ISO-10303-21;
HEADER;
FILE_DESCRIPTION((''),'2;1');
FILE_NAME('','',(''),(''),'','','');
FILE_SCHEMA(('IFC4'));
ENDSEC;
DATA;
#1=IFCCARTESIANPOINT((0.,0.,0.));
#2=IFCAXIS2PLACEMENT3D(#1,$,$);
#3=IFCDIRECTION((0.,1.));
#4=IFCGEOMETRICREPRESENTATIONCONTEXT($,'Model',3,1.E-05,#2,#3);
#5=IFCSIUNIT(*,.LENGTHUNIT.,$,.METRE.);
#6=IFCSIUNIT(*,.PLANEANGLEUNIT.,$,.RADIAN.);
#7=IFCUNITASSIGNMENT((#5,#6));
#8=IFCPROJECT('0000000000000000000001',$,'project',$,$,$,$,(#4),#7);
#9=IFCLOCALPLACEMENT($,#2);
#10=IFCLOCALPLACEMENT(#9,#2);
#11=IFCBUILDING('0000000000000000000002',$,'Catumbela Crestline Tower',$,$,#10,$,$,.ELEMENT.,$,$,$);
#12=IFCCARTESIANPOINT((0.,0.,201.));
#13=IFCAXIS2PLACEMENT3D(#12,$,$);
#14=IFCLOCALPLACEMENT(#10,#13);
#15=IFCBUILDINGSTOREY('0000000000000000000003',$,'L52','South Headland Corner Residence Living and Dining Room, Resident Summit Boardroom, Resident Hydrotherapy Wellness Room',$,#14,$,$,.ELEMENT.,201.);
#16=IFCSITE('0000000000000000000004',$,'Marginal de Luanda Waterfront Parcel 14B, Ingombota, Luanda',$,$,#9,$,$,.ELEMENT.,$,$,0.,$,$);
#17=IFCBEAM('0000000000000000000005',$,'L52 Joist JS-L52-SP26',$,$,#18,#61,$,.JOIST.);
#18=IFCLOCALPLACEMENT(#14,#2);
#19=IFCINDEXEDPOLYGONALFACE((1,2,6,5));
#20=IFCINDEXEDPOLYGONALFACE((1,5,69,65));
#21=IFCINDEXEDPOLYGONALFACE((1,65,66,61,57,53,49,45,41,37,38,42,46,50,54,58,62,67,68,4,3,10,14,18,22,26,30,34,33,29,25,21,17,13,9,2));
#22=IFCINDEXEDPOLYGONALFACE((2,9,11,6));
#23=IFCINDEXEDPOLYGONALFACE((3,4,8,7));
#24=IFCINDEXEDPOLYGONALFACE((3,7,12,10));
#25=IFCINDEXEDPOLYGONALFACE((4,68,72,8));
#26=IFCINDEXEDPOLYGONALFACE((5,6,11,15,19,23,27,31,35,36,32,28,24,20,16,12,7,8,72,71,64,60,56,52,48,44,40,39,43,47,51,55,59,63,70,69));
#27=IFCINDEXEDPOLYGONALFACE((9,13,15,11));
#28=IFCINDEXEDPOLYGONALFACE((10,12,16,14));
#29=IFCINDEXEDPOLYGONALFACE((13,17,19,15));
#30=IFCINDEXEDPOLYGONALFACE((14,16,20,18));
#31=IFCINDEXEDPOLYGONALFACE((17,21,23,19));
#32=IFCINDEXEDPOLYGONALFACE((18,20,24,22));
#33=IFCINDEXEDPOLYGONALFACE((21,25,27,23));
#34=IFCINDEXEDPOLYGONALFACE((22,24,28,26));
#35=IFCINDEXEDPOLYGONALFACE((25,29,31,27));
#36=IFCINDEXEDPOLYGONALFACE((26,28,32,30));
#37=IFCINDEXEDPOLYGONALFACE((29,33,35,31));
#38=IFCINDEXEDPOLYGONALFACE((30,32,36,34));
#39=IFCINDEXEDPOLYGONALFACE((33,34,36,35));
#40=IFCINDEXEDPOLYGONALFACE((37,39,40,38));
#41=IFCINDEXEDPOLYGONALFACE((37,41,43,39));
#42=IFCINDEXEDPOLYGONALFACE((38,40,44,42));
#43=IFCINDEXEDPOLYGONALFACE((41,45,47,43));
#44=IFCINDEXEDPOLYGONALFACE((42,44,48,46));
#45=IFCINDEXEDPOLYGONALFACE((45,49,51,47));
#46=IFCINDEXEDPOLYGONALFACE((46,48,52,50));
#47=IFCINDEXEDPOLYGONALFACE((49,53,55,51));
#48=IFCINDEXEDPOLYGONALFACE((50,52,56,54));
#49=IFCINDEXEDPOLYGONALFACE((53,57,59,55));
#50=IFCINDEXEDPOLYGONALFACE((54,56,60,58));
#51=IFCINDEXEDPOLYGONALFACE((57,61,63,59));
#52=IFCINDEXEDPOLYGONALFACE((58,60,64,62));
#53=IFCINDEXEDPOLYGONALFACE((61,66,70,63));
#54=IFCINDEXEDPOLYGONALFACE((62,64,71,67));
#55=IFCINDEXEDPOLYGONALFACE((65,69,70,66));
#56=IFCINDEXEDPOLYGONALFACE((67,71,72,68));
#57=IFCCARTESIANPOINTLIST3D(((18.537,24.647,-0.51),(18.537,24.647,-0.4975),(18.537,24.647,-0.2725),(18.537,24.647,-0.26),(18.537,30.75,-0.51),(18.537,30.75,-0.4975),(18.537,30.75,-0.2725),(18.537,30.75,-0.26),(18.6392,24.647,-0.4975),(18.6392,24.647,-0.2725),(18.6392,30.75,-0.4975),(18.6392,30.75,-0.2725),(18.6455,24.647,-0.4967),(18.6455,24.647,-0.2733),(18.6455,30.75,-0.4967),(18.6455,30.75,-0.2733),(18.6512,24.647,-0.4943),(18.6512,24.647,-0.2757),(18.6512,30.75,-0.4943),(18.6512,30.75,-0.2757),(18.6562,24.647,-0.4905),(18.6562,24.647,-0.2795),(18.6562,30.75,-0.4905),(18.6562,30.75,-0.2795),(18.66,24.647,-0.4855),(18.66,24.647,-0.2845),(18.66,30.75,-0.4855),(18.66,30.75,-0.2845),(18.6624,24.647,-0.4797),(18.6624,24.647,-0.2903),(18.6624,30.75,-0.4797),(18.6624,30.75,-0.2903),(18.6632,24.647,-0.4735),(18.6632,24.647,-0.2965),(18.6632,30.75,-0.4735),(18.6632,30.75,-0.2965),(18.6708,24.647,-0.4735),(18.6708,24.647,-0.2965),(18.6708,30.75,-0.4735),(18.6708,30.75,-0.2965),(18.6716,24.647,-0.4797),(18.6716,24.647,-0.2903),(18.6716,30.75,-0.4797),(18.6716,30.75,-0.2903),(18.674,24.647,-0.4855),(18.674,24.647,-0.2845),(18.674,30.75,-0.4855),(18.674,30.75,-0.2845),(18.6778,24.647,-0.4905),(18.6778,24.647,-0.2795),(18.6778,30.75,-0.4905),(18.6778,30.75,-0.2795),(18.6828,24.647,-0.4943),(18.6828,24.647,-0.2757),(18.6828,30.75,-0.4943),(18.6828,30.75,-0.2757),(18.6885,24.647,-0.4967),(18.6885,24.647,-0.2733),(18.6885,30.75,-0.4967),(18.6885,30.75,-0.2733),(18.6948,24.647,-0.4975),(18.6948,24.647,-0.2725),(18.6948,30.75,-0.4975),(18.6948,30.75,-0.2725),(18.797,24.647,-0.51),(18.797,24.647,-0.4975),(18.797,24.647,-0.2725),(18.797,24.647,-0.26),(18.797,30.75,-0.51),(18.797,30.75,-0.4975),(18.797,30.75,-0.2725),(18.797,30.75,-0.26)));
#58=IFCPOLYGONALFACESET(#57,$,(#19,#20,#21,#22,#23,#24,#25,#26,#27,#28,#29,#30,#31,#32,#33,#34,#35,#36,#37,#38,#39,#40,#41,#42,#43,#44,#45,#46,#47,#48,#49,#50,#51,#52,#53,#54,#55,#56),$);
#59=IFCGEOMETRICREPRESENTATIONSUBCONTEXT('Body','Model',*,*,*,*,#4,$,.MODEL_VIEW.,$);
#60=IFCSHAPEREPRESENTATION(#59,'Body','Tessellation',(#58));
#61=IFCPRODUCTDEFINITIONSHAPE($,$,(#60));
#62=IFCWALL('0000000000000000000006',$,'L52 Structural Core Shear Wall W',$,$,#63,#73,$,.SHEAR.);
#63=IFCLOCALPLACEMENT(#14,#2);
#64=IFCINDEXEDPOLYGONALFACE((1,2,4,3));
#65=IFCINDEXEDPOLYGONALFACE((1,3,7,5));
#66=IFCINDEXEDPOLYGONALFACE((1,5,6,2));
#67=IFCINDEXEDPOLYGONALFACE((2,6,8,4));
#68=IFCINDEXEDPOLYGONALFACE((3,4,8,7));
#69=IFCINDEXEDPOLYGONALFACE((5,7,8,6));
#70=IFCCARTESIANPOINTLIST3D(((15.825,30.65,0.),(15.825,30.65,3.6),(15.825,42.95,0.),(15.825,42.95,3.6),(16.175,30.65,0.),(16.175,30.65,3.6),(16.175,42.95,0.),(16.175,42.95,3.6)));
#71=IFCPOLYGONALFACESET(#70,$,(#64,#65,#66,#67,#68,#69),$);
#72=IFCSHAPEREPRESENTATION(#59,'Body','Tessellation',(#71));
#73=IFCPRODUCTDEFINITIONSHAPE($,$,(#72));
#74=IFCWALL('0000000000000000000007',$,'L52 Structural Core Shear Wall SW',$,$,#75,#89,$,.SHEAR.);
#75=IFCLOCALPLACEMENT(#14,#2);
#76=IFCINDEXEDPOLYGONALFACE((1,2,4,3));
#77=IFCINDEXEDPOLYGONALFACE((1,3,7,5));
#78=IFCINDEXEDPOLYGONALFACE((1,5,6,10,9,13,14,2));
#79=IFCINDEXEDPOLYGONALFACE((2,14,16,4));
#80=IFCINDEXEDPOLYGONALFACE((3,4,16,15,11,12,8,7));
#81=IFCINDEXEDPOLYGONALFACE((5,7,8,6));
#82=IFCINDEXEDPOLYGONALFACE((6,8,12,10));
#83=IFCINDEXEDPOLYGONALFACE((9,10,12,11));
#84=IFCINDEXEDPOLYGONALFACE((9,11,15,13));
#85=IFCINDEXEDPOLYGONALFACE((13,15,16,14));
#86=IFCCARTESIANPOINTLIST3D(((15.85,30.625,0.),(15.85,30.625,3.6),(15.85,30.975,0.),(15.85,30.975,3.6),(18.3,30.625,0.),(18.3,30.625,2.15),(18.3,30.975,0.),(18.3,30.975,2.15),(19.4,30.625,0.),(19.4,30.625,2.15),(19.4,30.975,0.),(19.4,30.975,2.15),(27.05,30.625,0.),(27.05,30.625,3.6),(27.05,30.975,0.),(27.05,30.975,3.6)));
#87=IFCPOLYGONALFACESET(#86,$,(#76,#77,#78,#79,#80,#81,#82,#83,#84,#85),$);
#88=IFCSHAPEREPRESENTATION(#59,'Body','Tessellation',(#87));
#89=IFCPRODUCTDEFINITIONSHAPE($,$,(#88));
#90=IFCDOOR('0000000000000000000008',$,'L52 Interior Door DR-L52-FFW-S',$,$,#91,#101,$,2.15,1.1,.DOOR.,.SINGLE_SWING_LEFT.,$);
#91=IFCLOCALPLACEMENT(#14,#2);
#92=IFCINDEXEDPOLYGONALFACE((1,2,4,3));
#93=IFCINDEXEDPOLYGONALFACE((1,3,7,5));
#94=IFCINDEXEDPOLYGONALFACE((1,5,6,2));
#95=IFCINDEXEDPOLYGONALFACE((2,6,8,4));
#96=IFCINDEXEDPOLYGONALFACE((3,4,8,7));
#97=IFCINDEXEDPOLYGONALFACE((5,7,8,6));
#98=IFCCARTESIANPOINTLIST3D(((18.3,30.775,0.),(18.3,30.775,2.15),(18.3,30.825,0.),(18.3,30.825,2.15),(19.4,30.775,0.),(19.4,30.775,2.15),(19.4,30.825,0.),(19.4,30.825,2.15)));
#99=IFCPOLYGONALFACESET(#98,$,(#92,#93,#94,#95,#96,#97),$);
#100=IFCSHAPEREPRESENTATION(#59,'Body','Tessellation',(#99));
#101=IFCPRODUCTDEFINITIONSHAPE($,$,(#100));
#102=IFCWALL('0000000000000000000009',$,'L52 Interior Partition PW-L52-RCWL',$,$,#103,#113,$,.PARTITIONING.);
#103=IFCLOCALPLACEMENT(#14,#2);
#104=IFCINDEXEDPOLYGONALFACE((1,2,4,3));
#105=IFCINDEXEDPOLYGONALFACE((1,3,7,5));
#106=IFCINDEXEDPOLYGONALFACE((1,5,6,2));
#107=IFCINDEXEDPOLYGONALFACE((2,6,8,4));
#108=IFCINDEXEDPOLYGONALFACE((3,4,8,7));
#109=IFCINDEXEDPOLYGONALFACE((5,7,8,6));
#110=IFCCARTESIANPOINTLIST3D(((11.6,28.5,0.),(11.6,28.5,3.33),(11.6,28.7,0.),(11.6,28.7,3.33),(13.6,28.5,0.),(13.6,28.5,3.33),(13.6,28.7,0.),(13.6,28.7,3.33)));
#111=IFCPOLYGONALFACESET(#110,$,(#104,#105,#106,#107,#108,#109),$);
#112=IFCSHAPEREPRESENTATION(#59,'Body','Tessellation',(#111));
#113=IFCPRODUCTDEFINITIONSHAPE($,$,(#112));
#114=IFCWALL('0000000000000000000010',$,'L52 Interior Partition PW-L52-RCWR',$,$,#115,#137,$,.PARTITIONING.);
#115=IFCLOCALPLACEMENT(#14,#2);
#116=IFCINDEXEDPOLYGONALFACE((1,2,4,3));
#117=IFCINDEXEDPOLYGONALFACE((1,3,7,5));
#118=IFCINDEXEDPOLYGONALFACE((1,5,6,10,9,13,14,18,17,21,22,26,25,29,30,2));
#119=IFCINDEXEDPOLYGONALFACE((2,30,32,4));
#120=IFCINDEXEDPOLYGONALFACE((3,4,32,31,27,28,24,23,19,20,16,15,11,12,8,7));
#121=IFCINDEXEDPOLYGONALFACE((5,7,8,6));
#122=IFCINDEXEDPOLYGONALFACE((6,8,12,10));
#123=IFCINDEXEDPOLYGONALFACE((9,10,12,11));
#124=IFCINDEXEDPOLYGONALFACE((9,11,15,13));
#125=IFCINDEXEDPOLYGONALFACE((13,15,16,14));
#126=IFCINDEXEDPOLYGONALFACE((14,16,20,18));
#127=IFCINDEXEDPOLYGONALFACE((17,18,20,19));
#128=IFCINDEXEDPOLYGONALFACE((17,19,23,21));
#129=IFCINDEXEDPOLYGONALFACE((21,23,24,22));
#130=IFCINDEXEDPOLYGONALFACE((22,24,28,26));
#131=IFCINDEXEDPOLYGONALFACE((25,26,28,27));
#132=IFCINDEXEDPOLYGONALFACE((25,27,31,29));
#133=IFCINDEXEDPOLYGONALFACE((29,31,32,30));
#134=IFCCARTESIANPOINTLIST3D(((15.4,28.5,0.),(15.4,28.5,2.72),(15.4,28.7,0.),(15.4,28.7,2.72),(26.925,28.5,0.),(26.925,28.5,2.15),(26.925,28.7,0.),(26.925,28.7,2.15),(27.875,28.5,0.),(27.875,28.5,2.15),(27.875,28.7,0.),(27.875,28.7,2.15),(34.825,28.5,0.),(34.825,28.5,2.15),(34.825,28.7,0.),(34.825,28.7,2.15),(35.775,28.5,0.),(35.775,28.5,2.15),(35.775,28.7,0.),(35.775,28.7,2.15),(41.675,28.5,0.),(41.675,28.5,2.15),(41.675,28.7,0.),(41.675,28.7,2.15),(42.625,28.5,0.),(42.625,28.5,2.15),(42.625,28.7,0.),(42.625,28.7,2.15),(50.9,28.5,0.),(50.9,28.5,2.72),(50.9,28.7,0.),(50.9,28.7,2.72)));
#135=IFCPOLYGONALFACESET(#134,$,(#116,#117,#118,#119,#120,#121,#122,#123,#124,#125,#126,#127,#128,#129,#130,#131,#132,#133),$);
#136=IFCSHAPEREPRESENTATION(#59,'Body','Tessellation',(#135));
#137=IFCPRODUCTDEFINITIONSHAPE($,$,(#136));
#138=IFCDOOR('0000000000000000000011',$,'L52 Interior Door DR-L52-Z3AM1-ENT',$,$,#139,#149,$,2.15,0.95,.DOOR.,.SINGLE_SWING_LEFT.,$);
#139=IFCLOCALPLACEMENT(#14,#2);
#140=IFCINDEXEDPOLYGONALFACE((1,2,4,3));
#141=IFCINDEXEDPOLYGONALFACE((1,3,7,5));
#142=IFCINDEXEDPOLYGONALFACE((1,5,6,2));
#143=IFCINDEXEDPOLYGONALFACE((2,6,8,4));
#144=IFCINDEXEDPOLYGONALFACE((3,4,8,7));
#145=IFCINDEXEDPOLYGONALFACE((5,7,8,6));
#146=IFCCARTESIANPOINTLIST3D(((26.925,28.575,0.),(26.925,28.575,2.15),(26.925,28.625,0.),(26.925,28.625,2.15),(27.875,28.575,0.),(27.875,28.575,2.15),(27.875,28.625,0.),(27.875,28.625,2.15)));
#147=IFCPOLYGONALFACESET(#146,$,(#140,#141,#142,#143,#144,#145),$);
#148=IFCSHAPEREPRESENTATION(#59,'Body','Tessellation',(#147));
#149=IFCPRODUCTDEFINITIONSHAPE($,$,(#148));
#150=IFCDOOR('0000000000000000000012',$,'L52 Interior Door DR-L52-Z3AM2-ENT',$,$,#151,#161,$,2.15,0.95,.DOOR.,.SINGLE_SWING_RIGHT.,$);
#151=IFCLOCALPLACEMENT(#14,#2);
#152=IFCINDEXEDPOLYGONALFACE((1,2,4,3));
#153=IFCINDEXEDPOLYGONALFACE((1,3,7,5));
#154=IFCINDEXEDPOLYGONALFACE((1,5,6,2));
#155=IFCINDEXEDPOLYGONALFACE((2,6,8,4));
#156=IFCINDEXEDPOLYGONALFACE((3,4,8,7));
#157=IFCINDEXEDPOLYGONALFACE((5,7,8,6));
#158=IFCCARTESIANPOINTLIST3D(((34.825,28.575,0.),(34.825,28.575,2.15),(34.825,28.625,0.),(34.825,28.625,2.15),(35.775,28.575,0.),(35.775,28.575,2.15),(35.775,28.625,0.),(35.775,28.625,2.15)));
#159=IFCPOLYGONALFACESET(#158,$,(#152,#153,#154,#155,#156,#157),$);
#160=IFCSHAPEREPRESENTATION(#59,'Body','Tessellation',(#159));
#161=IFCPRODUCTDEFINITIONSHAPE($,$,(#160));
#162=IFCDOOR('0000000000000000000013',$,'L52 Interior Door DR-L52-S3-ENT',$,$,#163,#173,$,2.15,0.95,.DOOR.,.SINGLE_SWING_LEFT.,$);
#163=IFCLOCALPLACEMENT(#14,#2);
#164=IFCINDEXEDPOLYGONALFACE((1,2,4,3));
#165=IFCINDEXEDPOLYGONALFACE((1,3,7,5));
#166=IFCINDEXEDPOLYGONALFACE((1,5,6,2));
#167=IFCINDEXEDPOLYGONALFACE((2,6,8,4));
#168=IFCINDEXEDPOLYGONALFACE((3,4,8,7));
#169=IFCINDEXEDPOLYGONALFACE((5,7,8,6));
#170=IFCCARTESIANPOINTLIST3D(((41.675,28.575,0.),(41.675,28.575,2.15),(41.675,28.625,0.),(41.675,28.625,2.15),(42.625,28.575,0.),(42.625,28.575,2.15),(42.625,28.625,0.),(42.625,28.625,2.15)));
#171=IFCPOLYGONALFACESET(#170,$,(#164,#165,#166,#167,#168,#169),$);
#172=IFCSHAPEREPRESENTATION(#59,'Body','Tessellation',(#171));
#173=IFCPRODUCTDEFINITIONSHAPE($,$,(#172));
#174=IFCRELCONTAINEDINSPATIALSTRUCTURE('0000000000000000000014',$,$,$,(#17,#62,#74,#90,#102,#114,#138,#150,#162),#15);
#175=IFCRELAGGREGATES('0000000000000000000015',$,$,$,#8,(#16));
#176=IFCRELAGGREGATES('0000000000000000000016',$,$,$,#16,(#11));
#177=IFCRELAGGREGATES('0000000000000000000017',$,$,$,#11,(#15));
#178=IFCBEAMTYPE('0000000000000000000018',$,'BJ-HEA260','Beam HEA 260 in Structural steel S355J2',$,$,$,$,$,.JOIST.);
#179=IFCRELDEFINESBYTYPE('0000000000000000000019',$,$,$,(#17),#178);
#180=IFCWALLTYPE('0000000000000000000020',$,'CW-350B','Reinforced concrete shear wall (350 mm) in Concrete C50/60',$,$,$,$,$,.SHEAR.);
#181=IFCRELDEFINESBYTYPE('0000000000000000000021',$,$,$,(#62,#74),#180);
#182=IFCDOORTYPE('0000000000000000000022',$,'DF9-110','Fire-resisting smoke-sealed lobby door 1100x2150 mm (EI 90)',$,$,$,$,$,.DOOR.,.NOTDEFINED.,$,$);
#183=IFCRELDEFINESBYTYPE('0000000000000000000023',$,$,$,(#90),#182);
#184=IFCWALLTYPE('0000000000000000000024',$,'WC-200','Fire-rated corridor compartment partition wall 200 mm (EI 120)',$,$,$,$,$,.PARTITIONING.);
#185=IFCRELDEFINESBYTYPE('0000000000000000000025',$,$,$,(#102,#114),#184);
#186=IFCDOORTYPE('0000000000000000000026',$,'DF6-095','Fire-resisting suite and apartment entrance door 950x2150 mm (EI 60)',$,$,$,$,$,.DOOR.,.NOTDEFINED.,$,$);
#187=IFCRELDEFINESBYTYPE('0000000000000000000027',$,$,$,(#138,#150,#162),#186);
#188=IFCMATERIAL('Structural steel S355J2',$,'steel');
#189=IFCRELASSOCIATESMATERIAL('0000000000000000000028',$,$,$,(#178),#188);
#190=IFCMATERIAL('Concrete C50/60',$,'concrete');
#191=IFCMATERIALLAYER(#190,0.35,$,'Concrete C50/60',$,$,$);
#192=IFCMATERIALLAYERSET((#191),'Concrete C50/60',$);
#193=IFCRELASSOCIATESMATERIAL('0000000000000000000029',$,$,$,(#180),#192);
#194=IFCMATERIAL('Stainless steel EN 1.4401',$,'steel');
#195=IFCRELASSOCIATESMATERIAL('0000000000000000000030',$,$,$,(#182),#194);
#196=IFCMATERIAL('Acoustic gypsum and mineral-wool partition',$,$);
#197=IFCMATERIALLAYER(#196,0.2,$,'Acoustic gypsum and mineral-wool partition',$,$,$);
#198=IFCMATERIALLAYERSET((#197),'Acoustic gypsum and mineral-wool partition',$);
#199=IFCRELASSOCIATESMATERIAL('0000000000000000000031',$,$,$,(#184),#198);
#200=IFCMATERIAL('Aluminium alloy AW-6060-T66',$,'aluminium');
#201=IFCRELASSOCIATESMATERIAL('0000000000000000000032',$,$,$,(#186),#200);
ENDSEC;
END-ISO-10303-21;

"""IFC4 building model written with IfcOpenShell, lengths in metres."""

from ifc_helpers import new_model, si_unit, direction, frame, frame_2d, origin, origin_2d, place, context, subcontext, project, spatial, rectangle, i_section, extrude, material, layer, layer_set, material_profile, profile_set, type_object, element, fill, save


model = new_model("IFC4")

# Units and contexts
model_context = context("Model", 3, precision=1e-05, world=origin(), true_north=direction((0.0, 1.0)))
body_context = subcontext(model_context, "Body", "Model", "MODEL_VIEW")
ifc_project = project(units=[si_unit("LENGTHUNIT", "METRE"), si_unit("PLANEANGLEUNIT", "RADIAN")], contexts=[model_context])

# Site, building, storey
site_placement = place(None, origin())
site = spatial("IfcSite", under=ifc_project, at=site_placement, Name="Marginal de Luanda Waterfront Parcel 14B, Ingombota, Luanda", CompositionType="ELEMENT", RefElevation=0.0)
building_placement = place(site_placement, origin())
building = spatial("IfcBuilding", under=site, at=building_placement, Name="Catumbela Crestline Tower", CompositionType="ELEMENT")
storey_placement = place(building_placement, frame((0.0, 0.0, 201.0)))
storey = spatial("IfcBuildingStorey", under=building, at=storey_placement, Name="L52", Description="South Headland Corner Residence Living and Dining Room, Resident Summit Boardroom, Resident Hydrotherapy Wellness Room", CompositionType="ELEMENT", Elevation=201.0)

# Shared definitions
ifc_material_1 = material(Name="Concrete C50/60", Category="concrete")
ifc_material_2 = material(Name="Structural steel S355J2", Category="steel")

# Beam
ifc_material_profile_1 = material_profile(ifc_material_2, i_section(OverallWidth=0.26, OverallDepth=0.25, WebThickness=0.0075, FlangeThickness=0.0125, FilletRadius=0.024, at=origin_2d()), Name="HEA 260")
ifc_profile_set_1 = profile_set([ifc_material_profile_1], Name="Structural steel S355J2")
beam_type_1 = type_object("IfcBeamType", Name="BJ-HEA260", Description="Beam HEA 260 in Structural steel S355J2", PredefinedType="JOIST", material=ifc_profile_set_1)
beam_1_placement = place(storey_placement, frame((18.667, 24.647, -0.385), z_axis=(0.0, 1.0, 0.0), x_axis=(-1.0, 0.0, 0.0)))
element("IfcBeam", 1, at=beam_1_placement, inside=storey, type_object=beam_type_1, Name="L52 Joist JS-L52-SP26", PredefinedType="JOIST", context=body_context, shape_type="SweptSolid", body=[
    extrude(i_section(OverallWidth=0.26, OverallDepth=0.25, WebThickness=0.0075, FlangeThickness=0.0125, FilletRadius=0.024, at=origin_2d()), origin(), (0.0, 0.0, 1.0), 6.103),
])

# Wall
ifc_layer_1 = layer(ifc_material_1, 0.35, Name="Concrete C50/60")
ifc_layer_set_1 = layer_set([ifc_layer_1], Name="Concrete C50/60")
wall_type_1 = type_object("IfcWallType", Name="CW-350B", Description="Reinforced concrete shear wall (350 mm) in Concrete C50/60", PredefinedType="SHEAR", material=ifc_layer_set_1)
wall_1_placement = place(storey_placement, frame((16.0, 30.65, 0.0), z_axis=(0.0, 0.0, 1.0), x_axis=(0.0, 1.0, 0.0)))
element("IfcWall", 2, at=wall_1_placement, inside=storey, type_object=wall_type_1, Name="L52 Structural Core Shear Wall W", PredefinedType="SHEAR", context=body_context, shape_type="SweptSolid", body=[
    extrude(rectangle(XDim=12.3, YDim=0.35, at=frame_2d((6.15, 0.0))), origin(), (0.0, 0.0, 1.0), 3.6),
])

# Wall, opening, door
wall_2_placement = place(storey_placement, frame((15.85, 30.8, 0.0), z_axis=(0.0, 0.0, 1.0), x_axis=(1.0, 0.0, 0.0)))
wall_2 = element("IfcWall", 3, at=wall_2_placement, inside=storey, type_object=wall_type_1, Name="L52 Structural Core Shear Wall SW", PredefinedType="SHEAR", context=body_context, shape_type="SweptSolid", body=[
    extrude(rectangle(XDim=11.2, YDim=0.35, at=frame_2d((5.6, 0.0))), origin(), (0.0, 0.0, 1.0), 3.6),
])
opening_1_placement = place(wall_2_placement, frame((2.45, 0.0, 0.0)))
opening_1 = element("IfcOpeningElement", 4, at=opening_1_placement, cuts=wall_2, PredefinedType="OPENING", context=body_context, shape_type="SweptSolid", body=[
    extrude(rectangle(XDim=1.1, YDim=2.15, at=frame_2d((0.55, 1.075))), frame((0.0, 0.185, 0.0), z_axis=(0.0, -1.0, 0.0), x_axis=(1.0, 0.0, 0.0)), (0.0, 0.0, 1.0), 0.37),
])
ifc_material_3 = material(Name="Stainless steel EN 1.4401", Category="steel")
door_type_1 = type_object("IfcDoorType", Name="DF9-110", Description="Fire-resisting smoke-sealed lobby door 1100x2150 mm (EI 90)", OperationType="NOTDEFINED", PredefinedType="DOOR", material=ifc_material_3)
door_1_placement = place(opening_1_placement, origin())
door_1 = element("IfcDoor", 5, at=door_1_placement, inside=storey, type_object=door_type_1, Name="L52 Interior Door DR-L52-FFW-S", OperationType="SINGLE_SWING_LEFT", OverallHeight=2.15, OverallWidth=1.1, PredefinedType="DOOR", context=body_context, shape_type="SweptSolid", body=[
    extrude(rectangle(XDim=1.1, YDim=2.15, at=frame_2d((0.55, 1.075))), frame((0.0, 0.025, 0.0), z_axis=(0.0, -1.0, 0.0), x_axis=(1.0, 0.0, 0.0)), (0.0, 0.0, 1.0), 0.05),
])
fill(opening_1, door_1)

# Wall
ifc_material_4 = material(Name="Acoustic gypsum and mineral-wool partition")
ifc_layer_2 = layer(ifc_material_4, 0.2, Name="Acoustic gypsum and mineral-wool partition")
ifc_layer_set_2 = layer_set([ifc_layer_2], Name="Acoustic gypsum and mineral-wool partition")
wall_type_2 = type_object("IfcWallType", Name="WC-200", Description="Fire-rated corridor compartment partition wall 200 mm (EI 120)", PredefinedType="PARTITIONING", material=ifc_layer_set_2)
wall_3_placement = place(storey_placement, frame((11.6, 28.6, 0.0), z_axis=(0.0, 0.0, 1.0), x_axis=(1.0, 0.0, 0.0)))
element("IfcWall", 6, at=wall_3_placement, inside=storey, type_object=wall_type_2, Name="L52 Interior Partition PW-L52-RCWL", PredefinedType="PARTITIONING", context=body_context, shape_type="SweptSolid", body=[
    extrude(rectangle(XDim=2.0, YDim=0.2, at=frame_2d((1.0, 0.0))), origin(), (0.0, 0.0, 1.0), 3.33),
])

# Wall, openings, doors
wall_4_placement = place(storey_placement, frame((15.4, 28.6, 0.0), z_axis=(0.0, 0.0, 1.0), x_axis=(1.0, 0.0, 0.0)))
wall_4 = element("IfcWall", 7, at=wall_4_placement, inside=storey, type_object=wall_type_2, Name="L52 Interior Partition PW-L52-RCWR", PredefinedType="PARTITIONING", context=body_context, shape_type="SweptSolid", body=[
    extrude(rectangle(XDim=35.5, YDim=0.2, at=frame_2d((17.75, 0.0))), origin(), (0.0, 0.0, 1.0), 2.72),
])
opening_2_placement = place(wall_4_placement, frame((11.525, 0.0, 0.0)))
opening_2 = element("IfcOpeningElement", 8, at=opening_2_placement, cuts=wall_4, PredefinedType="OPENING", context=body_context, shape_type="SweptSolid", body=[
    extrude(rectangle(XDim=0.95, YDim=2.15, at=frame_2d((0.475, 1.075))), frame((0.0, 0.11, 0.0), z_axis=(0.0, -1.0, 0.0), x_axis=(1.0, 0.0, 0.0)), (0.0, 0.0, 1.0), 0.22),
])
opening_3_placement = place(wall_4_placement, frame((19.425, 0.0, 0.0)))
opening_3 = element("IfcOpeningElement", 9, at=opening_3_placement, cuts=wall_4, PredefinedType="OPENING", context=body_context, shape_type="SweptSolid", body=[
    extrude(rectangle(XDim=0.95, YDim=2.15, at=frame_2d((0.475, 1.075))), frame((0.0, 0.11, 0.0), z_axis=(0.0, -1.0, 0.0), x_axis=(1.0, 0.0, 0.0)), (0.0, 0.0, 1.0), 0.22),
])
opening_4_placement = place(wall_4_placement, frame((26.275, 0.0, 0.0)))
opening_4 = element("IfcOpeningElement", 10, at=opening_4_placement, cuts=wall_4, PredefinedType="OPENING", context=body_context, shape_type="SweptSolid", body=[
    extrude(rectangle(XDim=0.95, YDim=2.15, at=frame_2d((0.475, 1.075))), frame((0.0, 0.11, 0.0), z_axis=(0.0, -1.0, 0.0), x_axis=(1.0, 0.0, 0.0)), (0.0, 0.0, 1.0), 0.22),
])
ifc_material_5 = material(Name="Aluminium alloy AW-6060-T66", Category="aluminium")
door_type_2 = type_object("IfcDoorType", Name="DF6-095", Description="Fire-resisting suite and apartment entrance door 950x2150 mm (EI 60)", OperationType="NOTDEFINED", PredefinedType="DOOR", material=ifc_material_5)
door_2_placement = place(opening_2_placement, origin())
door_2 = element("IfcDoor", 11, at=door_2_placement, inside=storey, type_object=door_type_2, Name="L52 Interior Door DR-L52-Z3AM1-ENT", OperationType="SINGLE_SWING_LEFT", OverallHeight=2.15, OverallWidth=0.95, PredefinedType="DOOR", context=body_context, shape_type="SweptSolid", body=[
    extrude(rectangle(XDim=0.95, YDim=2.15, at=frame_2d((0.475, 1.075))), frame((0.0, 0.025, 0.0), z_axis=(0.0, -1.0, 0.0), x_axis=(1.0, 0.0, 0.0)), (0.0, 0.0, 1.0), 0.05),
])
fill(opening_2, door_2)
door_3_placement = place(opening_3_placement, origin())
door_3 = element("IfcDoor", 12, at=door_3_placement, inside=storey, type_object=door_type_2, Name="L52 Interior Door DR-L52-Z3AM2-ENT", OperationType="SINGLE_SWING_RIGHT", OverallHeight=2.15, OverallWidth=0.95, PredefinedType="DOOR", context=body_context, shape_type="SweptSolid", body=[
    extrude(rectangle(XDim=0.95, YDim=2.15, at=frame_2d((0.475, 1.075))), frame((0.0, 0.025, 0.0), z_axis=(0.0, -1.0, 0.0), x_axis=(1.0, 0.0, 0.0)), (0.0, 0.0, 1.0), 0.05),
])
fill(opening_3, door_3)
door_4_placement = place(opening_4_placement, origin())
door_4 = element("IfcDoor", 13, at=door_4_placement, inside=storey, type_object=door_type_2, Name="L52 Interior Door DR-L52-S3-ENT", OperationType="SINGLE_SWING_LEFT", OverallHeight=2.15, OverallWidth=0.95, PredefinedType="DOOR", context=body_context, shape_type="SweptSolid", body=[
    extrude(rectangle(XDim=0.95, YDim=2.15, at=frame_2d((0.475, 1.075))), frame((0.0, 0.025, 0.0), z_axis=(0.0, -1.0, 0.0), x_axis=(1.0, 0.0, 0.0)), (0.0, 0.0, 1.0), 0.05),
])
fill(opening_4, door_4)

save(model, "model.ifc")
